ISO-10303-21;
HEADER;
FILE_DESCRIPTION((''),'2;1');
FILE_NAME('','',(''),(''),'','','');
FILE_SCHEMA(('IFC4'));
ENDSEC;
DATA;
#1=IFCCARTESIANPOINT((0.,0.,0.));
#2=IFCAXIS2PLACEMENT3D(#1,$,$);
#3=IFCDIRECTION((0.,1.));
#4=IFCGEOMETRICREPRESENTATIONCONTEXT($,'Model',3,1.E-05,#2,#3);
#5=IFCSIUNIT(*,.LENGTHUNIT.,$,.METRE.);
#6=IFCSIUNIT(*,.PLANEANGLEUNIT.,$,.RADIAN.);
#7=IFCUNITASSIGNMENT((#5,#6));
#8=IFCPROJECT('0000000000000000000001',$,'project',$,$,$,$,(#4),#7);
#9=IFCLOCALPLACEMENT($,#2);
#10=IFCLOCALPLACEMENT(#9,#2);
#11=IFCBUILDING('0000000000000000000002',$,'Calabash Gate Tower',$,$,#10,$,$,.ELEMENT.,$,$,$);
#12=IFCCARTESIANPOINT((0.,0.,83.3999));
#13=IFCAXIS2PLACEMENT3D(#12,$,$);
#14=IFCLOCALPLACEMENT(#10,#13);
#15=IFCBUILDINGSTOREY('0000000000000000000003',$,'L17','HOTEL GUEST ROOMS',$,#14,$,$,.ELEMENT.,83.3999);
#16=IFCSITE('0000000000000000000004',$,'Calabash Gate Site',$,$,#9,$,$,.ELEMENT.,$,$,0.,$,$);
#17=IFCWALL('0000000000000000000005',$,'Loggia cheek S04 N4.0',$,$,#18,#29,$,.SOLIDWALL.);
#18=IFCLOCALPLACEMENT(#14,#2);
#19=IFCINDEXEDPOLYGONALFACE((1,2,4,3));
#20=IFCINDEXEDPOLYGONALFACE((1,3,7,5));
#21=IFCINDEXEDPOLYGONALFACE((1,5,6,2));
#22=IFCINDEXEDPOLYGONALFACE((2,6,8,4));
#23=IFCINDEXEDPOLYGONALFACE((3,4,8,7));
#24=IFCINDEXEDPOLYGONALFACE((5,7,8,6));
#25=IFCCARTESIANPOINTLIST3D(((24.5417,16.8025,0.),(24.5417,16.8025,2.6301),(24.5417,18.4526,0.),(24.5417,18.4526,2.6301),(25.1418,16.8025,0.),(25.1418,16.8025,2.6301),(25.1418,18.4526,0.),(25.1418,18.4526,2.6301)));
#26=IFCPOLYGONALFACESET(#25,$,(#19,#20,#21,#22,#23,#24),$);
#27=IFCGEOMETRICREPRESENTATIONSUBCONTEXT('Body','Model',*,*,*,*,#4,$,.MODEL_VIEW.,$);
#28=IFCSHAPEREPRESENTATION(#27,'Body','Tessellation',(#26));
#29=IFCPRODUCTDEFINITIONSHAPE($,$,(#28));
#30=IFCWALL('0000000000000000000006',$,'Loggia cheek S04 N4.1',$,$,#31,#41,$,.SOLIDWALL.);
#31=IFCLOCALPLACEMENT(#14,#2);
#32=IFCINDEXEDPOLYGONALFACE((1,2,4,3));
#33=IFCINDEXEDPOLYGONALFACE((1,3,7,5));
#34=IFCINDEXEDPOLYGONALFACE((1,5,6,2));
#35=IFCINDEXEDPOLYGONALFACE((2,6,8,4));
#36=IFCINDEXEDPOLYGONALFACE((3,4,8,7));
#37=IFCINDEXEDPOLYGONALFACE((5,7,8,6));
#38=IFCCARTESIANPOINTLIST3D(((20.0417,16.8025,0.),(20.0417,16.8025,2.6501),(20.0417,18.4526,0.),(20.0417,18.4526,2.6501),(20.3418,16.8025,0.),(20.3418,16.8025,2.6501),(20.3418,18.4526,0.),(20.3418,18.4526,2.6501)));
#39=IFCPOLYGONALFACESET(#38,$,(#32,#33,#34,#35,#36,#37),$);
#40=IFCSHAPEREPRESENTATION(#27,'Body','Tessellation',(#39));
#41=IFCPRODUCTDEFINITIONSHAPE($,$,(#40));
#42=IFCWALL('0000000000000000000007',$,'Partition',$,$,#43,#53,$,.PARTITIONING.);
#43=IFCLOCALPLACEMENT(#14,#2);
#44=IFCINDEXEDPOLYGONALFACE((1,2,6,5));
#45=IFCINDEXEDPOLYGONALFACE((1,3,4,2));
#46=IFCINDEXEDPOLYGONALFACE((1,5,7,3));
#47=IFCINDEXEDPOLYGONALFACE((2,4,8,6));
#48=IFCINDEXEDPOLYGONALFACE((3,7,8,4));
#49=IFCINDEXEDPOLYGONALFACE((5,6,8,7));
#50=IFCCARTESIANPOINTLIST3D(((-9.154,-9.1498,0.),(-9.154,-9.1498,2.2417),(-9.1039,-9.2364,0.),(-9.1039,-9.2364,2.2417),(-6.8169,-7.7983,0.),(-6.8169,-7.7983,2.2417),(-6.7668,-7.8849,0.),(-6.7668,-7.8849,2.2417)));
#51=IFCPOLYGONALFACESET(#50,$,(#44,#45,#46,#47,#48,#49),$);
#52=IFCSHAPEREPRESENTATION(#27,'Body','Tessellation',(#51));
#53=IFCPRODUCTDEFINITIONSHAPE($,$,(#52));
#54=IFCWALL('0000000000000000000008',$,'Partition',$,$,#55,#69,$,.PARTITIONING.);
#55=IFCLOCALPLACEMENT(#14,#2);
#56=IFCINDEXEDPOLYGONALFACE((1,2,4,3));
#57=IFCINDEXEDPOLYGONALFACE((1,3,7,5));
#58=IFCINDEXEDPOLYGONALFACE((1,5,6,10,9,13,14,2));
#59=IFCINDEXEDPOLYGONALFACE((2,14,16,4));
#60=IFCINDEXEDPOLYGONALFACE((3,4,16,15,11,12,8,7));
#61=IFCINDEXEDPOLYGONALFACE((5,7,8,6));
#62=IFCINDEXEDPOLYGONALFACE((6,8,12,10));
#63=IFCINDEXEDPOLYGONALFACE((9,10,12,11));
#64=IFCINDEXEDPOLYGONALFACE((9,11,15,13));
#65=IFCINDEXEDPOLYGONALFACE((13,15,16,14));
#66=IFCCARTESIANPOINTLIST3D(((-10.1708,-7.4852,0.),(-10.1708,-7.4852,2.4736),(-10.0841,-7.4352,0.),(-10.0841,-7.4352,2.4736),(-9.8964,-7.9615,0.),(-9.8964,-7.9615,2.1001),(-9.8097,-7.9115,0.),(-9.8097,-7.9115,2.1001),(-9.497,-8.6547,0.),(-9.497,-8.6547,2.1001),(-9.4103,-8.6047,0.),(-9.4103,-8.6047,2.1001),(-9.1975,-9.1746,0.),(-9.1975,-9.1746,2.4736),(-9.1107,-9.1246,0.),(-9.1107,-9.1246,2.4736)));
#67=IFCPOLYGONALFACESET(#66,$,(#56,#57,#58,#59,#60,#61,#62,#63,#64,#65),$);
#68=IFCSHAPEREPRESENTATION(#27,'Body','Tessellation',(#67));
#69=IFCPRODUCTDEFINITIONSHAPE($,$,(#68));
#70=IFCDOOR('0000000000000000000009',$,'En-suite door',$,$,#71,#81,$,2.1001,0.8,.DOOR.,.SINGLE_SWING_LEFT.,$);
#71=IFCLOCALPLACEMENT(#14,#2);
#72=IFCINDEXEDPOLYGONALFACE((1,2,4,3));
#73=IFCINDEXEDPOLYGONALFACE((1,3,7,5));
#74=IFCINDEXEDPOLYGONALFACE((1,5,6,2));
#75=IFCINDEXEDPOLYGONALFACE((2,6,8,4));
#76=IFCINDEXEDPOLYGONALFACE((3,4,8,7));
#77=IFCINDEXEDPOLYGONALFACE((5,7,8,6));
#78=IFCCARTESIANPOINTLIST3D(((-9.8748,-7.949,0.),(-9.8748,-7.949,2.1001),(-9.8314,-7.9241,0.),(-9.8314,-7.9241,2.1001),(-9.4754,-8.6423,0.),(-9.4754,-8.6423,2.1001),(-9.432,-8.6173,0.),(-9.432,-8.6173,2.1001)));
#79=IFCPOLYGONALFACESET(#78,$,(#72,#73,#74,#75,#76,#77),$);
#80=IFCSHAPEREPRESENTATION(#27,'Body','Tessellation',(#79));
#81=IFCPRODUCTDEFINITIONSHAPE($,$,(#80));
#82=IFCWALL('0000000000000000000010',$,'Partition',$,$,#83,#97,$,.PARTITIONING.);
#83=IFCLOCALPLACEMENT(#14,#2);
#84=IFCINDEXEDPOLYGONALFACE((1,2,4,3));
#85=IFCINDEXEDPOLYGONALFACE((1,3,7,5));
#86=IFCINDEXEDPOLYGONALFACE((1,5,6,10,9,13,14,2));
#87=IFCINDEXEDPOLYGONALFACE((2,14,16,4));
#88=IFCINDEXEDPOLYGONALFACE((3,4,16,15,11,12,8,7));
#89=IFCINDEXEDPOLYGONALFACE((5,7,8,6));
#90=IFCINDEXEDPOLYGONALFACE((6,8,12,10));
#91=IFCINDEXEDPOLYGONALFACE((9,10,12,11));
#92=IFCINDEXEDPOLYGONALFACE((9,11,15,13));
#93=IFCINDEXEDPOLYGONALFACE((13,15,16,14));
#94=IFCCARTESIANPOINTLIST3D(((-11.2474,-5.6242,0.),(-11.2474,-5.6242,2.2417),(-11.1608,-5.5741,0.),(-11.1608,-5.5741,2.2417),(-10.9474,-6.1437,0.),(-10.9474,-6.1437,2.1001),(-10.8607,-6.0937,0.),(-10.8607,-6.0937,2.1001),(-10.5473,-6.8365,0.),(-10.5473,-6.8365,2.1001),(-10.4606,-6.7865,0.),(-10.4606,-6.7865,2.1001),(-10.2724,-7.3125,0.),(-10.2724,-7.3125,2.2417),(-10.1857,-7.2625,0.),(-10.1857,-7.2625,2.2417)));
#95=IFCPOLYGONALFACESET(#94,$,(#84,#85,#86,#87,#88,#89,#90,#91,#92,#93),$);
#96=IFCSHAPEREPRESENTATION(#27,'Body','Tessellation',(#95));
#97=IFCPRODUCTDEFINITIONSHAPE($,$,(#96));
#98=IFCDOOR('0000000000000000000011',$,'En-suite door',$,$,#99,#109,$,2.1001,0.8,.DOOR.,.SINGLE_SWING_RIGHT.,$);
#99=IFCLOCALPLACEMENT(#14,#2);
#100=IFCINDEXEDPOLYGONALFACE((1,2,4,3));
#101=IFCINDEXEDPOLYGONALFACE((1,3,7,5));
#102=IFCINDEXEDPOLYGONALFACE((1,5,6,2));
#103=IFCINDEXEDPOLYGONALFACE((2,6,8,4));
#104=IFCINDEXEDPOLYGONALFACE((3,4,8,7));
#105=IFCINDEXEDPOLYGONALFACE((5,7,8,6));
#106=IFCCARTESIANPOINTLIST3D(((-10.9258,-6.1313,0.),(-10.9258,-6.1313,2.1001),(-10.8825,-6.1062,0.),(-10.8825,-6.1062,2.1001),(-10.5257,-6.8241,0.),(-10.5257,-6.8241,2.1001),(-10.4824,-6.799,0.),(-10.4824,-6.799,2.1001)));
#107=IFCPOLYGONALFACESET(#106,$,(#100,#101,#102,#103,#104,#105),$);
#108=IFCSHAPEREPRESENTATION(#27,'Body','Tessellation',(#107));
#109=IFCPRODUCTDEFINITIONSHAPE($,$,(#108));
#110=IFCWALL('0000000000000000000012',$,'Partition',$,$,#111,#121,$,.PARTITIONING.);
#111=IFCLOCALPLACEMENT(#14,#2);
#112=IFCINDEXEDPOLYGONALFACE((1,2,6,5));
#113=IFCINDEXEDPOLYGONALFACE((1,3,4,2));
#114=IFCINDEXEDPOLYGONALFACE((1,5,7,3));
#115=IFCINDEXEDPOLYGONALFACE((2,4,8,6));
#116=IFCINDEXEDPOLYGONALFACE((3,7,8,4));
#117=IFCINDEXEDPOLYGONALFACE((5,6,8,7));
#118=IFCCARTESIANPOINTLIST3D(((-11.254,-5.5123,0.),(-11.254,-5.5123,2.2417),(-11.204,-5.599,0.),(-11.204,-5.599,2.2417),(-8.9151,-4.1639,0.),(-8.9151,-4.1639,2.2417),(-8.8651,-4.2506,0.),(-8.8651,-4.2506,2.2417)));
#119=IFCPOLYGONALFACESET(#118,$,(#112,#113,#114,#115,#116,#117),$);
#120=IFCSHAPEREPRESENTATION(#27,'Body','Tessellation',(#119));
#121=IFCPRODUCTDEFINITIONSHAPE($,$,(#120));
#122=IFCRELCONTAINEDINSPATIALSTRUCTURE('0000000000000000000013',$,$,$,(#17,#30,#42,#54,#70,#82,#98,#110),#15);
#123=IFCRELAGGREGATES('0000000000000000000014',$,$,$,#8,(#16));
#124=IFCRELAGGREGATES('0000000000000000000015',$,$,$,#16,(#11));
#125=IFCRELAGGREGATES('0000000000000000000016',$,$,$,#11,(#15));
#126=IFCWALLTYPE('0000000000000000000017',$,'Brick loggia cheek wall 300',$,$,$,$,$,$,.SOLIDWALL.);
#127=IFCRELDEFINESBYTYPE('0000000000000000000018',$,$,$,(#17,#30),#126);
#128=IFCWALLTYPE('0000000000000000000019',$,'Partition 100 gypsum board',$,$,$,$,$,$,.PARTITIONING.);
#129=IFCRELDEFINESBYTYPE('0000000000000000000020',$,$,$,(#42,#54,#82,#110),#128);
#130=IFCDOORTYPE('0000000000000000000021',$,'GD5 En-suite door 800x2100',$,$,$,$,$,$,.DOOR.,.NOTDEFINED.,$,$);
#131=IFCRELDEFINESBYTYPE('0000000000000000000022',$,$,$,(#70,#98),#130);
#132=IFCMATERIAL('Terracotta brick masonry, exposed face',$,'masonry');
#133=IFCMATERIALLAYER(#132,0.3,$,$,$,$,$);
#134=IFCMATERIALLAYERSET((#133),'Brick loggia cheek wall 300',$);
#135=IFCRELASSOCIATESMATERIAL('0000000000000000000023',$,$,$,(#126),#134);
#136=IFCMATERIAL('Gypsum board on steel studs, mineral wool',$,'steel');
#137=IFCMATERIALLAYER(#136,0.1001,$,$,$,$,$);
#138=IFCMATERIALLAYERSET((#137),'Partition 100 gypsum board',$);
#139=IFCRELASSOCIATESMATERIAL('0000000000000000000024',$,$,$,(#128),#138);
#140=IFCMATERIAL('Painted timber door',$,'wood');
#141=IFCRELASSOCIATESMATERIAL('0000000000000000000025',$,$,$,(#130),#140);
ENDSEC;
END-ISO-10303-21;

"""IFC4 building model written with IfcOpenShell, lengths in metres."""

from ifc_helpers import new_model, si_unit, direction, frame, frame_2d, origin, place, context, subcontext, project, spatial, polyline, rectangle, outline, extrude, material, layer, layer_set, type_object, element, fill, save


model = new_model("IFC4")

# Units and contexts
model_context = context("Model", 3, precision=1e-05, world=origin(), true_north=direction((0.0, 1.0)))
body_context = subcontext(model_context, "Body", "Model", "MODEL_VIEW")
ifc_project = project(units=[si_unit("LENGTHUNIT", "METRE"), si_unit("PLANEANGLEUNIT", "RADIAN")], contexts=[model_context])

# Site, building, storey
site_placement = place(None, origin())
site = spatial("IfcSite", under=ifc_project, at=site_placement, Name="Calabash Gate Site", CompositionType="ELEMENT", RefElevation=0.0)
building_placement = place(site_placement, origin())
building = spatial("IfcBuilding", under=site, at=building_placement, Name="Calabash Gate Tower", CompositionType="ELEMENT")
storey_placement = place(building_placement, frame((0.0, 0.0, 83.3999)))
storey = spatial("IfcBuildingStorey", under=building, at=storey_placement, Name="L17", Description="HOTEL GUEST ROOMS", CompositionType="ELEMENT", Elevation=83.3999)

# Walls
ifc_material_1 = material(Name="Terracotta brick masonry, exposed face", Category="masonry")
ifc_layer_1 = layer(ifc_material_1, 0.3)
ifc_layer_set_1 = layer_set([ifc_layer_1], Name="Brick loggia cheek wall 300")
wall_type_1 = type_object("IfcWallType", Name="Brick loggia cheek wall 300", PredefinedType="SOLIDWALL", material=ifc_layer_set_1)
wall_1_placement = place(storey_placement, origin())
element("IfcWall", 1, at=wall_1_placement, inside=storey, type_object=wall_type_1, Name="Loggia cheek S04 N4.0", PredefinedType="SOLIDWALL", context=body_context, shape_type="SweptSolid", body=[
    extrude(outline(polyline([(25.1418, 16.8025), (25.1418, 18.4526), (24.5417, 18.4526), (24.5417, 16.8025), (25.1418, 16.8025)])), origin(), (0.0, 0.0, 1.0), 2.6301),
])
wall_2_placement = place(storey_placement, origin())
element("IfcWall", 2, at=wall_2_placement, inside=storey, type_object=wall_type_1, Name="Loggia cheek S04 N4.1", PredefinedType="SOLIDWALL", context=body_context, shape_type="SweptSolid", body=[
    extrude(outline(polyline([(20.0417, 18.4526), (20.0417, 16.8025), (20.3418, 16.8025), (20.3418, 18.4526), (20.0417, 18.4526)])), origin(), (0.0, 0.0, 1.0), 2.6501),
])
ifc_material_2 = material(Name="Gypsum board on steel studs, mineral wool", Category="steel")
ifc_layer_2 = layer(ifc_material_2, 0.1001)
ifc_layer_set_2 = layer_set([ifc_layer_2], Name="Partition 100 gypsum board")
wall_type_2 = type_object("IfcWallType", Name="Partition 100 gypsum board", PredefinedType="PARTITIONING", material=ifc_layer_set_2)
wall_3_placement = place(storey_placement, frame((-9.1289, -9.1931, 0.0), z_axis=(0.0, 0.0, 1.0), x_axis=(0.865672, 0.500612, 0.0)))
element("IfcWall", 3, at=wall_3_placement, inside=storey, type_object=wall_type_2, Name="Partition", PredefinedType="PARTITIONING", context=body_context, shape_type="SweptSolid", body=[
    extrude(rectangle(XDim=2.6997, YDim=0.1001, at=frame_2d((1.3499, 0.0))), origin(), (0.0, 0.0, 1.0), 2.2417),
])

# Walls, openings, doors
wall_4_placement = place(storey_placement, frame((-10.1274, -7.4602, 0.0), z_axis=(0.0, 0.0, 1.0), x_axis=(0.499224, -0.866473, 0.0)))
wall_4 = element("IfcWall", 4, at=wall_4_placement, inside=storey, type_object=wall_type_2, Name="Partition", PredefinedType="PARTITIONING", context=body_context, shape_type="SweptSolid", body=[
    extrude(rectangle(XDim=1.9497, YDim=0.1001, at=frame_2d((0.9749, 0.0))), origin(), (0.0, 0.0, 1.0), 2.4736),
])
opening_1_placement = place(wall_4_placement, frame((0.5498, 0.0, 0.0)))
opening_1 = element("IfcOpeningElement", 5, at=opening_1_placement, cuts=wall_4, PredefinedType="OPENING", context=body_context, shape_type="SweptSolid", body=[
    extrude(rectangle(XDim=0.8, YDim=2.1001, at=frame_2d((0.3999, 1.05))), frame((0.0, 0.0601, 0.0), z_axis=(0.0, -1.0, 0.0), x_axis=(1.0, 0.0, 0.0)), (0.0, 0.0, 1.0), 0.1201),
])
ifc_material_3 = material(Name="Painted timber door", Category="wood")
door_type_1 = type_object("IfcDoorType", Name="GD5 En-suite door 800x2100", OperationType="NOTDEFINED", PredefinedType="DOOR", material=ifc_material_3)
door_1_placement = place(opening_1_placement, origin())
door_1 = element("IfcDoor", 6, at=door_1_placement, inside=storey, type_object=door_type_1, Name="En-suite door", OperationType="SINGLE_SWING_LEFT", OverallHeight=2.1001, OverallWidth=0.8, PredefinedType="DOOR", context=body_context, shape_type="SweptSolid", body=[
    extrude(rectangle(XDim=0.8, YDim=2.1001, at=frame_2d((0.3999, 1.05))), frame((0.0, 0.0249, 0.0), z_axis=(0.0, -1.0, 0.0), x_axis=(1.0, 0.0, 0.0)), (0.0, 0.0, 1.0), 0.05),
])
fill(opening_1, door_1)
wall_5_placement = place(storey_placement, frame((-11.2041, -5.5991, 0.0), z_axis=(0.0, 0.0, 1.0), x_axis=(0.500098, -0.865969, 0.0)))
wall_5 = element("IfcWall", 7, at=wall_5_placement, inside=storey, type_object=wall_type_2, Name="Partition", PredefinedType="PARTITIONING", context=body_context, shape_type="SweptSolid", body=[
    extrude(rectangle(XDim=1.9497, YDim=0.1001, at=frame_2d((0.9749, 0.0))), origin(), (0.0, 0.0, 1.0), 2.2417),
])
opening_2_placement = place(wall_5_placement, frame((0.6001, 0.0, 0.0)))
opening_2 = element("IfcOpeningElement", 8, at=opening_2_placement, cuts=wall_5, PredefinedType="OPENING", context=body_context, shape_type="SweptSolid", body=[
    extrude(rectangle(XDim=0.8, YDim=2.1001, at=frame_2d((0.3999, 1.05))), frame((0.0, 0.0601, 0.0), z_axis=(0.0, -1.0, 0.0), x_axis=(1.0, 0.0, 0.0)), (0.0, 0.0, 1.0), 0.1201),
])
door_2_placement = place(opening_2_placement, origin())
door_2 = element("IfcDoor", 9, at=door_2_placement, inside=storey, type_object=door_type_1, Name="En-suite door", OperationType="SINGLE_SWING_RIGHT", OverallHeight=2.1001, OverallWidth=0.8, PredefinedType="DOOR", context=body_context, shape_type="SweptSolid", body=[
    extrude(rectangle(XDim=0.8, YDim=2.1001, at=frame_2d((0.3999, 1.05))), frame((0.0, 0.0249, 0.0), z_axis=(0.0, -1.0, 0.0), x_axis=(1.0, 0.0, 0.0)), (0.0, 0.0, 1.0), 0.05),
])
fill(opening_2, door_2)

# Wall
wall_6_placement = place(storey_placement, frame((-11.229, -5.5557, 0.0), z_axis=(0.0, 0.0, 1.0), x_axis=(0.866339, 0.499456, 0.0)))
element("IfcWall", 10, at=wall_6_placement, inside=storey, type_object=wall_type_2, Name="Partition", PredefinedType="PARTITIONING", context=body_context, shape_type="SweptSolid", body=[
    extrude(rectangle(XDim=2.6997, YDim=0.1001, at=frame_2d((1.3499, 0.0))), origin(), (0.0, 0.0, 1.0), 2.2417),
])

save(model, "model.ifc")
